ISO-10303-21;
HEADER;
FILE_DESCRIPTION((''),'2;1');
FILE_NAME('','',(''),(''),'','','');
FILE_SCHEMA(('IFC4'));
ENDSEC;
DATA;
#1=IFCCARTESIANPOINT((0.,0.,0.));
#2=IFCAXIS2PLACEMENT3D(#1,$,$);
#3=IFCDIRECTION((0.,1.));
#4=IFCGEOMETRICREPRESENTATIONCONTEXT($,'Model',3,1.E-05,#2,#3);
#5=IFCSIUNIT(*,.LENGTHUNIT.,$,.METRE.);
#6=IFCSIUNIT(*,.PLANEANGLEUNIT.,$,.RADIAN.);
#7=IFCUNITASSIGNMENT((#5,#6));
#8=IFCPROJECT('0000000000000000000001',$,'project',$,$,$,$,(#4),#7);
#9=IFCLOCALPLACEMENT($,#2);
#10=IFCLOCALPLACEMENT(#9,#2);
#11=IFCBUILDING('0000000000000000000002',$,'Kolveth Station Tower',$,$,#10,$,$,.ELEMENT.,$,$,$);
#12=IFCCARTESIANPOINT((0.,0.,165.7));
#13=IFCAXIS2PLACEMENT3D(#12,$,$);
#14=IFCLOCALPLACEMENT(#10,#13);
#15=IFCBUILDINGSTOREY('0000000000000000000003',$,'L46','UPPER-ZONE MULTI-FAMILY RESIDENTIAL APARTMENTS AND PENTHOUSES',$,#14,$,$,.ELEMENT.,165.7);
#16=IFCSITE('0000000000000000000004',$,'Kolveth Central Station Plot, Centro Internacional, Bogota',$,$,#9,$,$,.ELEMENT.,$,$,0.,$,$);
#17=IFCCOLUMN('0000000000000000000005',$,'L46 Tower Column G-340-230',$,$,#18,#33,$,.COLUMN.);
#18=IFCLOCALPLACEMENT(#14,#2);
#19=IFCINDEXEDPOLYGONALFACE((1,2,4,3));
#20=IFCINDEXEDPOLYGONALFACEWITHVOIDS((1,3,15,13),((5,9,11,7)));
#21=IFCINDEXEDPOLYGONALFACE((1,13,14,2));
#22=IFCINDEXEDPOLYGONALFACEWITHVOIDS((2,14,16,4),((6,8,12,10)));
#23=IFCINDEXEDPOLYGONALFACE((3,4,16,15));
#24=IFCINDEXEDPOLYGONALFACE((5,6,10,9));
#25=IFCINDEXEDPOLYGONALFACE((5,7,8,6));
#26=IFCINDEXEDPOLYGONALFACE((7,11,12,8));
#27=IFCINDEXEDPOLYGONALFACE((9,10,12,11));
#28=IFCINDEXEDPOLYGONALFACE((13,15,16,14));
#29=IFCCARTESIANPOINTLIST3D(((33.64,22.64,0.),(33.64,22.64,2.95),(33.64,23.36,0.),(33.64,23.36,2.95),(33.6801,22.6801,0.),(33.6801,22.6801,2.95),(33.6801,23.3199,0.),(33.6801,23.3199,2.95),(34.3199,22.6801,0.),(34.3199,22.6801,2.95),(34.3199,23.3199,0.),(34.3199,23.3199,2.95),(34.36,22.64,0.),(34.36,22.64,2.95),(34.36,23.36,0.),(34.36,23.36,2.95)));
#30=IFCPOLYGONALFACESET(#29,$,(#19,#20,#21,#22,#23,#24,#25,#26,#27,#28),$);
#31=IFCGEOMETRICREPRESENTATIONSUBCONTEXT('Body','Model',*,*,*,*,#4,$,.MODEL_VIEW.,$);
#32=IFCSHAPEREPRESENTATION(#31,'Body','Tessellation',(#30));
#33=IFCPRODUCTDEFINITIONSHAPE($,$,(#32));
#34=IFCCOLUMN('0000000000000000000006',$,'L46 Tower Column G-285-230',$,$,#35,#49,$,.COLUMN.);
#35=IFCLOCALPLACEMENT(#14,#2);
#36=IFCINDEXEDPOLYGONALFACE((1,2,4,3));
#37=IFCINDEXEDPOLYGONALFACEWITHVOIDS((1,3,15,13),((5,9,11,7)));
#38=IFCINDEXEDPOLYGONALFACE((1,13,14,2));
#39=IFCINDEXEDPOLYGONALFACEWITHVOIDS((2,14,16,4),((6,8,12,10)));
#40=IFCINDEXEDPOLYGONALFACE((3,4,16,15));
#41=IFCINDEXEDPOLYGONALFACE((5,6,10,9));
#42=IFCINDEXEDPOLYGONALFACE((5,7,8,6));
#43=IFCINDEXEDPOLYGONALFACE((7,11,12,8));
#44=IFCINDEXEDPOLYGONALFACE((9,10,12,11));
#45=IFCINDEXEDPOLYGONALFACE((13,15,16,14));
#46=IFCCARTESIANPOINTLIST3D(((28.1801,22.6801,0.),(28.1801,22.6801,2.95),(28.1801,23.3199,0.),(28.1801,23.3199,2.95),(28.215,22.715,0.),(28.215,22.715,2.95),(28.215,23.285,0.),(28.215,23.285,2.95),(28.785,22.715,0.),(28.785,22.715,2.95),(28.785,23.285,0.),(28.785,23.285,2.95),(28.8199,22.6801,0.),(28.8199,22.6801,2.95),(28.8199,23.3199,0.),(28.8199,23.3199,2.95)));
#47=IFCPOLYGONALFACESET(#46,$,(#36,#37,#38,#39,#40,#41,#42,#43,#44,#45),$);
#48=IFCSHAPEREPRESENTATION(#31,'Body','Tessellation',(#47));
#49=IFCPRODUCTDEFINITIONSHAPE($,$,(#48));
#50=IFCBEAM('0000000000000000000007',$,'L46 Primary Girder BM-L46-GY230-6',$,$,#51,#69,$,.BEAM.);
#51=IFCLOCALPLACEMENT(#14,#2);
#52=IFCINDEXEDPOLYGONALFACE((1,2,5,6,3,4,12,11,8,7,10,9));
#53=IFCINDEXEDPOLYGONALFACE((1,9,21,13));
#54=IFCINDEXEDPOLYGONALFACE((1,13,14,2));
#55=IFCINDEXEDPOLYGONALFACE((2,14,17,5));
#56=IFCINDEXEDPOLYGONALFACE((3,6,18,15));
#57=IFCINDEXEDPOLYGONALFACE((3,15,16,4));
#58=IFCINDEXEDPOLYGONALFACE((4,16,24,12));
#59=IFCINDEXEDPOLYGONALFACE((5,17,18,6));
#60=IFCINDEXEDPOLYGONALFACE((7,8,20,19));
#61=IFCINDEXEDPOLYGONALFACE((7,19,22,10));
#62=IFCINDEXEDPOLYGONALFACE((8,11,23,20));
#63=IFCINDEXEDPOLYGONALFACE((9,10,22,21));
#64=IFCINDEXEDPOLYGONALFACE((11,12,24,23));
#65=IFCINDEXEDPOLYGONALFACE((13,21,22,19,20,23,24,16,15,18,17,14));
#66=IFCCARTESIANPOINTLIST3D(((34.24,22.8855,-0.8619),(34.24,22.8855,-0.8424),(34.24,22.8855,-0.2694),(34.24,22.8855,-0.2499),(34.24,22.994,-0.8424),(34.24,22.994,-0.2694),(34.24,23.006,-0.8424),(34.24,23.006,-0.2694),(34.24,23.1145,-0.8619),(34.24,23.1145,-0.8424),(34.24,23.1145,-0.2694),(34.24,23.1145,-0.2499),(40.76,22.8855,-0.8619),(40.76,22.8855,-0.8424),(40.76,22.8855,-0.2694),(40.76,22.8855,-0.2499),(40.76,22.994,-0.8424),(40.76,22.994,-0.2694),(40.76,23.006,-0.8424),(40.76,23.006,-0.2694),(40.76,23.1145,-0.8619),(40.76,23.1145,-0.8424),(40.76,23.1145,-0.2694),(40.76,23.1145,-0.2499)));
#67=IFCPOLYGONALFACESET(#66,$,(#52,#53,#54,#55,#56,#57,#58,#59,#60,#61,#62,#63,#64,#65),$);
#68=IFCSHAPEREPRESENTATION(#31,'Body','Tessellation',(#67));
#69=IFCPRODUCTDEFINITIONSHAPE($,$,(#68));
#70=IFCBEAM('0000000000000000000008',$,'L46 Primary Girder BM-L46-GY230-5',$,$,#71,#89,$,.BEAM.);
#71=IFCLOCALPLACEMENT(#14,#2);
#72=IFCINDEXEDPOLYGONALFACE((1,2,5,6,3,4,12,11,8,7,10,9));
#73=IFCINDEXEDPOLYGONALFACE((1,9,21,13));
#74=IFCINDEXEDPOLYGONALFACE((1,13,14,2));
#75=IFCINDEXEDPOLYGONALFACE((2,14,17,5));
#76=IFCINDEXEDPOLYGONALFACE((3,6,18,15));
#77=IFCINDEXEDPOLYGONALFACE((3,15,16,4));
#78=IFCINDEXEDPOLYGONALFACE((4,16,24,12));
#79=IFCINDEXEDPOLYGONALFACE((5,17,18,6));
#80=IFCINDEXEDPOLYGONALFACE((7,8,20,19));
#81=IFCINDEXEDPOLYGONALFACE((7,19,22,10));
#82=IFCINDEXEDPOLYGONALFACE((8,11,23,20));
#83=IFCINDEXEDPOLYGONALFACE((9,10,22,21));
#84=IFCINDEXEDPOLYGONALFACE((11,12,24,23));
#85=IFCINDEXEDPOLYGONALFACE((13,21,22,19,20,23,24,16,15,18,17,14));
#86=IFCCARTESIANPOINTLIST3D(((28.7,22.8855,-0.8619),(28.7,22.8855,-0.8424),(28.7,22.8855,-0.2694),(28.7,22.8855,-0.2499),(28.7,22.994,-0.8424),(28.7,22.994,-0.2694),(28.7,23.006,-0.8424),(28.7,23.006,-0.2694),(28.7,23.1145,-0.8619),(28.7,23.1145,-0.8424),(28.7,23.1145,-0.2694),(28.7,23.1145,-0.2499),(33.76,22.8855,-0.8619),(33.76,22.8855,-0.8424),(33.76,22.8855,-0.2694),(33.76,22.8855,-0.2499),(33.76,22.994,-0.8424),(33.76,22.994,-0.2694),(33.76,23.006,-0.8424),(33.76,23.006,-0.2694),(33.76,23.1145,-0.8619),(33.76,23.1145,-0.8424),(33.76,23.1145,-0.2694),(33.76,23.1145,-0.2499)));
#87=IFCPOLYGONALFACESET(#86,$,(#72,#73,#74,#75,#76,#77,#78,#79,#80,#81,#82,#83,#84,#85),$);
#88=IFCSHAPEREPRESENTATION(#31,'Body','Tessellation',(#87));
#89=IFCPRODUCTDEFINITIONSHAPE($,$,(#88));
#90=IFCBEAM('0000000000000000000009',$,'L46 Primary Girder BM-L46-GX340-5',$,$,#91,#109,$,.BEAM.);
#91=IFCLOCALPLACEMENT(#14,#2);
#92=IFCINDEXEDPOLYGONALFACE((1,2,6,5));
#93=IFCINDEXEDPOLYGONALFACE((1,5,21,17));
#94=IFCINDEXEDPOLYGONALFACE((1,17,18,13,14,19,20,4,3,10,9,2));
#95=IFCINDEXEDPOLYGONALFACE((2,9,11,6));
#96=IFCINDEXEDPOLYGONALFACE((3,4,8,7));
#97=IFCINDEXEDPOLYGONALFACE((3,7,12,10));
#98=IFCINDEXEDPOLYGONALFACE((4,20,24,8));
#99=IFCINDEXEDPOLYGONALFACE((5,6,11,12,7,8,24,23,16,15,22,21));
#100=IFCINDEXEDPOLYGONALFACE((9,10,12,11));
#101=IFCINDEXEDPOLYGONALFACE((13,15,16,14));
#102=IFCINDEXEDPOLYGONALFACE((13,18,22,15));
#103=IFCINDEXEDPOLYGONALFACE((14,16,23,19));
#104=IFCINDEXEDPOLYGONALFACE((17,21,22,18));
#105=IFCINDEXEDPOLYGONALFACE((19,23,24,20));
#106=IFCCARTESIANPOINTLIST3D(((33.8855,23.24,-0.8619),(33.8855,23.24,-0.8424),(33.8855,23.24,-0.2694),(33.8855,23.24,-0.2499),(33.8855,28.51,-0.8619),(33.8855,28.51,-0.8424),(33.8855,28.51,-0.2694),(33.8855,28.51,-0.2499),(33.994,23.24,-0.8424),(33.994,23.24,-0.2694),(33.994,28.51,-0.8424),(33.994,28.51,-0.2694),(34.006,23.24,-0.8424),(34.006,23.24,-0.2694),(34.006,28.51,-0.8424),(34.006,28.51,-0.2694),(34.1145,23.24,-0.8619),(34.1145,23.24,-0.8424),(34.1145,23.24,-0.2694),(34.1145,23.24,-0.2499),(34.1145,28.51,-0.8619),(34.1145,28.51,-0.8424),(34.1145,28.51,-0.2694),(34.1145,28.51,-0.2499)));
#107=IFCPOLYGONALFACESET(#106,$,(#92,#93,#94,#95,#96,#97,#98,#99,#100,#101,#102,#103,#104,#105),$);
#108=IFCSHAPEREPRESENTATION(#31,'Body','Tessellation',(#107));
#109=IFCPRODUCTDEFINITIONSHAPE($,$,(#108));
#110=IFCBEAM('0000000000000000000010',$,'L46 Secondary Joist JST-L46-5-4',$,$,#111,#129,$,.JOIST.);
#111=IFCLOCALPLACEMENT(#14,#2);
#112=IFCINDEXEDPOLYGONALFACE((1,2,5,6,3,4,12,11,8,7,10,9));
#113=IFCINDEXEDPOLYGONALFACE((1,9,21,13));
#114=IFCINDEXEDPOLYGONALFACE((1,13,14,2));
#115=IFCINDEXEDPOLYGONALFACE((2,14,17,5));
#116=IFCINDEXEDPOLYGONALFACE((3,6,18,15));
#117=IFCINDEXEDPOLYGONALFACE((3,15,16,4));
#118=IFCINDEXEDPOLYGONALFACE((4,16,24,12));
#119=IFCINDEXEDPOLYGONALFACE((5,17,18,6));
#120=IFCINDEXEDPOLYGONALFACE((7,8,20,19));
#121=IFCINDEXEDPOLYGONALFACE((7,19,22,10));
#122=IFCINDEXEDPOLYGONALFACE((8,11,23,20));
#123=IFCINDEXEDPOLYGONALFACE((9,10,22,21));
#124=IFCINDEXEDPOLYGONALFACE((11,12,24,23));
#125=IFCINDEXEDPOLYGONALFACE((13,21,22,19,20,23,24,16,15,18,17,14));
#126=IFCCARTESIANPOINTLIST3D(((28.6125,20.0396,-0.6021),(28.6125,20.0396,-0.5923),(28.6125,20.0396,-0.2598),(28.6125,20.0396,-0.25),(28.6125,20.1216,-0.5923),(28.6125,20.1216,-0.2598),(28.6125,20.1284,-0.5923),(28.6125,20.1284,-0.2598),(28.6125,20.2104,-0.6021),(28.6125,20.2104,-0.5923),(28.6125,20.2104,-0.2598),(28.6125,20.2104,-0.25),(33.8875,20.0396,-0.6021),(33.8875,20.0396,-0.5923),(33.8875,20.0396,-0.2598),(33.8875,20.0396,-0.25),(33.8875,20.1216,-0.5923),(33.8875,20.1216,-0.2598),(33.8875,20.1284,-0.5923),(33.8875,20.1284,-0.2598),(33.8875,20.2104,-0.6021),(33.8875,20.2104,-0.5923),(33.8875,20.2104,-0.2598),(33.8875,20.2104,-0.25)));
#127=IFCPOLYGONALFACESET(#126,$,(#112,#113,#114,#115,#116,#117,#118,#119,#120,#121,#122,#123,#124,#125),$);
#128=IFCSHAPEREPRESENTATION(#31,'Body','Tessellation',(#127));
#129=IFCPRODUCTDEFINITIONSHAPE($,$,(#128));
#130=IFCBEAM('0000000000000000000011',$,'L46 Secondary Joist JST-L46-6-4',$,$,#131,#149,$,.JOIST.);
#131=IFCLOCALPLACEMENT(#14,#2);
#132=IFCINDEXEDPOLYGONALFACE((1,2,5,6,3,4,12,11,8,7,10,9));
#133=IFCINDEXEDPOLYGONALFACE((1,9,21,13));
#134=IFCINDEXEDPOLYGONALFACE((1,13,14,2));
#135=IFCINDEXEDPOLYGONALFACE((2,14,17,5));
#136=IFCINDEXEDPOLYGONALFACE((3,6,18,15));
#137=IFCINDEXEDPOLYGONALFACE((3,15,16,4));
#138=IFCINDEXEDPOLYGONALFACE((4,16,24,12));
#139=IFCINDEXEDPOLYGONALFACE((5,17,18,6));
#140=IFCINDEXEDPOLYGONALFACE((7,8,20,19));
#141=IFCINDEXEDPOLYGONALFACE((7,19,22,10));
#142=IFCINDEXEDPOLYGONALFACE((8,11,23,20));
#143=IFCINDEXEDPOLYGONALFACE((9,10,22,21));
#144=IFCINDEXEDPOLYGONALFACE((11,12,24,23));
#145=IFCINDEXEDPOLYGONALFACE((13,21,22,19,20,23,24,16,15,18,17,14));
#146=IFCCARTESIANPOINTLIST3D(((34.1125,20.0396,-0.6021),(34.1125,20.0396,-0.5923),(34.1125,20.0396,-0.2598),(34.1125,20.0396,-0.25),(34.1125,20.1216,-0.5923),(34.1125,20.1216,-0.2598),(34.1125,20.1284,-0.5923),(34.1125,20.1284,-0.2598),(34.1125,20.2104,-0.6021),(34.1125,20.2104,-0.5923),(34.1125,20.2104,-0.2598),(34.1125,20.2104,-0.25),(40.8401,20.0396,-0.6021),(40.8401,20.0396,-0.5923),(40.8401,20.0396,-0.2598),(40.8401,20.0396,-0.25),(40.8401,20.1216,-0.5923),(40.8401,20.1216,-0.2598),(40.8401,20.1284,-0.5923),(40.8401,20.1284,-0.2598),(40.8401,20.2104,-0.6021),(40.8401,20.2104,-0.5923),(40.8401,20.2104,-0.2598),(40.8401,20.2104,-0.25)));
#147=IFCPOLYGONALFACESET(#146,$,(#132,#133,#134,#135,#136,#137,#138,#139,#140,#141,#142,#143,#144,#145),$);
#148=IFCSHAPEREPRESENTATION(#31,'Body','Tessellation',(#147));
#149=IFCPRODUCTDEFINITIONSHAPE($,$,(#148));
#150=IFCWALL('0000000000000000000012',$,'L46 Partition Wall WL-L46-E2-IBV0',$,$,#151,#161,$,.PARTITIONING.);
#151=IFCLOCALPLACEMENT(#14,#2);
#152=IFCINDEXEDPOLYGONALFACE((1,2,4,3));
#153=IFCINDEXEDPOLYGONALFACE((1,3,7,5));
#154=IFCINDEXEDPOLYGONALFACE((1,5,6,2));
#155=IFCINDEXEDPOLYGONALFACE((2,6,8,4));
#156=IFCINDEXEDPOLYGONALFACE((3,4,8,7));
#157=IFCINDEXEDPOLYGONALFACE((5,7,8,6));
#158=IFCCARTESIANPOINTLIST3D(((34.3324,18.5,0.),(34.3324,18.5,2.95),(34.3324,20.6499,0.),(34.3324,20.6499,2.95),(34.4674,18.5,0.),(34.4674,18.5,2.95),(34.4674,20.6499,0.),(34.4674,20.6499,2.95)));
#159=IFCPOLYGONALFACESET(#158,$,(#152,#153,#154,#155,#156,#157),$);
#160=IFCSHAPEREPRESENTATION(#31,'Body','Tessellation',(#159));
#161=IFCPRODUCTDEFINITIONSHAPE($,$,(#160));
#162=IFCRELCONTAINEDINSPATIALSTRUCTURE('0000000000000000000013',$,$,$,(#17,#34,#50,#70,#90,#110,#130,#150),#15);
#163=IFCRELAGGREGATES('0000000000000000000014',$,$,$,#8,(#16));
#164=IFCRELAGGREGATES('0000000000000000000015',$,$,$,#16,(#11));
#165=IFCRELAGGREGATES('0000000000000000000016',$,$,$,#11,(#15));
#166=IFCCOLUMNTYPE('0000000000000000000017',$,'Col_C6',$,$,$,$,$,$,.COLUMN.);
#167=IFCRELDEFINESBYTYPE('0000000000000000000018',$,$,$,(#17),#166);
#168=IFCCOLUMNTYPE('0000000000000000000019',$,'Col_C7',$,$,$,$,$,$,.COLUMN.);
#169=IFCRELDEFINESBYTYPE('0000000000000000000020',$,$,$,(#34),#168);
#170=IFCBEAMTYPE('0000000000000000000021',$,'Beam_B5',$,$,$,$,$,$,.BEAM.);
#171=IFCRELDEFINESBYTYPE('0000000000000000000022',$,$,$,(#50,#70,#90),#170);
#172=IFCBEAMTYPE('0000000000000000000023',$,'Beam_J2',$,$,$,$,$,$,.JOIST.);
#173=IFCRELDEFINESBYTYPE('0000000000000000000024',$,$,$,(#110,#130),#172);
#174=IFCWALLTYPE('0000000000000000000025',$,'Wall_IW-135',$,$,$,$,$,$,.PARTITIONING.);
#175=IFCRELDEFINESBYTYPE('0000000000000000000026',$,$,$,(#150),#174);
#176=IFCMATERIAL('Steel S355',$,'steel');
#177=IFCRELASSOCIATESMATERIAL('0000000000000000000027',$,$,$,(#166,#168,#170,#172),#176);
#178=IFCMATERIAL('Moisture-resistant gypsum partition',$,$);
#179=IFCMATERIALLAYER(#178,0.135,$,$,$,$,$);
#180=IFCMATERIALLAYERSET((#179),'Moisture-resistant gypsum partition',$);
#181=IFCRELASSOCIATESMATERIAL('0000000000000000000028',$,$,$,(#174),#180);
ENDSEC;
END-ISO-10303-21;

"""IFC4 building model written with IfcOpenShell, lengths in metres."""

from ifc_helpers import new_model, si_unit, direction, frame, frame_2d, origin, origin_2d, place, context, subcontext, project, spatial, rectangle, hollow_rectangle, i_section, extrude, source, transform, mapped, material, layer, layer_set, material_profile, profile_set, type_object, element, save


model = new_model("IFC4")

# Units and contexts
model_context = context("Model", 3, precision=1e-05, world=origin(), true_north=direction((0.0, 1.0)))
body_context = subcontext(model_context, "Body", "Model", "MODEL_VIEW")
ifc_project = project(units=[si_unit("LENGTHUNIT", "METRE"), si_unit("PLANEANGLEUNIT", "RADIAN")], contexts=[model_context])

# Site, building, storey
site_placement = place(None, origin())
site = spatial("IfcSite", under=ifc_project, at=site_placement, Name="Kolveth Central Station Plot, Centro Internacional, Bogota", CompositionType="ELEMENT", RefElevation=0.0)
building_placement = place(site_placement, origin())
building = spatial("IfcBuilding", under=site, at=building_placement, Name="Kolveth Station Tower", CompositionType="ELEMENT")
storey_placement = place(building_placement, frame((0.0, 0.0, 165.7)))
storey = spatial("IfcBuildingStorey", under=building, at=storey_placement, Name="L46", Description="UPPER-ZONE MULTI-FAMILY RESIDENTIAL APARTMENTS AND PENTHOUSES", CompositionType="ELEMENT", Elevation=165.7)

# Columns
ifc_material_1 = material(Name="Steel S355", Category="steel")
ifc_material_profile_1 = material_profile(ifc_material_1, hollow_rectangle(XDim=0.72, YDim=0.72, WallThickness=0.04, at=origin_2d()), Name="BOX720x720x40")
ifc_profile_set_1 = profile_set([ifc_material_profile_1], Name="Steel S355")
column_type_1 = type_object("IfcColumnType", Name="Col_C6", PredefinedType="COLUMN", material=ifc_profile_set_1)
shared_shape_1 = source(origin(), body_context, "Body", "SweptSolid", [
    extrude(hollow_rectangle(XDim=0.72, YDim=0.72, WallThickness=0.04, at=origin_2d()), origin(), (0.0, 0.0, 1.0), 2.95),
])
column_1_placement = place(storey_placement, frame((34.0, 23.0, 0.0), z_axis=(0.0, 0.0, 1.0), x_axis=(1.0, 0.0, 0.0)))
element("IfcColumn", 1, at=column_1_placement, inside=storey, type_object=column_type_1, Name="L46 Tower Column G-340-230", PredefinedType="COLUMN", context=body_context, shape_type="MappedRepresentation", body=[
    mapped(shared_shape_1, transform((0.0, 0.0, 0.0), x_axis=(1.0, 0.0, 0.0), y_axis=(0.0, 1.0, 0.0), z_axis=(0.0, 0.0, 1.0), scale=1.0)),
])
ifc_material_profile_2 = material_profile(ifc_material_1, hollow_rectangle(XDim=0.6399, YDim=0.6399, WallThickness=0.0349, at=origin_2d()), Name="BOX640x640x35")
ifc_profile_set_2 = profile_set([ifc_material_profile_2], Name="Steel S355")
column_type_2 = type_object("IfcColumnType", Name="Col_C7", PredefinedType="COLUMN", material=ifc_profile_set_2)
shared_shape_2 = source(origin(), body_context, "Body", "SweptSolid", [
    extrude(hollow_rectangle(XDim=0.6399, YDim=0.6399, WallThickness=0.0349, at=origin_2d()), origin(), (0.0, 0.0, 1.0), 2.95),
])
column_2_placement = place(storey_placement, frame((28.5, 23.0, 0.0), z_axis=(0.0, 0.0, 1.0), x_axis=(1.0, 0.0, 0.0)))
element("IfcColumn", 2, at=column_2_placement, inside=storey, type_object=column_type_2, Name="L46 Tower Column G-285-230", PredefinedType="COLUMN", context=body_context, shape_type="MappedRepresentation", body=[
    mapped(shared_shape_2, transform((0.0, 0.0, 0.0), x_axis=(1.0, 0.0, 0.0), y_axis=(0.0, 1.0, 0.0), z_axis=(0.0, 0.0, 1.0), scale=1.0)),
])

# Beams
ifc_material_profile_3 = material_profile(ifc_material_1, i_section(OverallWidth=0.229, OverallDepth=0.6121, WebThickness=0.012, FlangeThickness=0.0195, at=origin_2d()), Name="W610x125")
ifc_profile_set_3 = profile_set([ifc_material_profile_3], Name="Steel S355")
beam_type_1 = type_object("IfcBeamType", Name="Beam_B5", PredefinedType="BEAM", material=ifc_profile_set_3)
shared_shape_3 = source(origin(), body_context, "Body", "SweptSolid", [
    extrude(i_section(OverallWidth=0.229, OverallDepth=0.6121, WebThickness=0.012, FlangeThickness=0.0195, at=origin_2d()), origin(), (0.0, 0.0, 1.0), 6.52),
])
beam_1_placement = place(storey_placement, frame((34.24, 23.0, -0.5559), z_axis=(1.0, 0.0, 0.0), x_axis=(0.0, 1.0, 0.0)))
element("IfcBeam", 3, at=beam_1_placement, inside=storey, type_object=beam_type_1, Name="L46 Primary Girder BM-L46-GY230-6", PredefinedType="BEAM", context=body_context, shape_type="MappedRepresentation", body=[
    mapped(shared_shape_3, transform((0.0, 0.0, 0.0), x_axis=(1.0, 0.0, 0.0), y_axis=(0.0, 1.0, 0.0), z_axis=(0.0, 0.0, 1.0), scale=1.0)),
])
shared_shape_4 = source(origin(), body_context, "Body", "SweptSolid", [
    extrude(i_section(OverallWidth=0.229, OverallDepth=0.6121, WebThickness=0.012, FlangeThickness=0.0195, at=origin_2d()), origin(), (0.0, 0.0, 1.0), 5.0601),
])
beam_2_placement = place(storey_placement, frame((28.7, 23.0, -0.5559), z_axis=(1.0, 0.0, 0.0), x_axis=(0.0, 1.0, 0.0)))
element("IfcBeam", 4, at=beam_2_placement, inside=storey, type_object=beam_type_1, Name="L46 Primary Girder BM-L46-GY230-5", PredefinedType="BEAM", context=body_context, shape_type="MappedRepresentation", body=[
    mapped(shared_shape_4, transform((0.0, 0.0, 0.0), x_axis=(1.0, 0.0, 0.0), y_axis=(0.0, 1.0, 0.0), z_axis=(0.0, 0.0, 1.0), scale=1.0)),
])
shared_shape_5 = source(origin(), body_context, "Body", "SweptSolid", [
    extrude(i_section(OverallWidth=0.229, OverallDepth=0.6121, WebThickness=0.012, FlangeThickness=0.0195, at=origin_2d()), origin(), (0.0, 0.0, 1.0), 5.27),
])
beam_3_placement = place(storey_placement, frame((34.0, 23.24, -0.5559), z_axis=(0.0, 1.0, 0.0), x_axis=(-1.0, 0.0, 0.0)))
element("IfcBeam", 5, at=beam_3_placement, inside=storey, type_object=beam_type_1, Name="L46 Primary Girder BM-L46-GX340-5", PredefinedType="BEAM", context=body_context, shape_type="MappedRepresentation", body=[
    mapped(shared_shape_5, transform((0.0, 0.0, 0.0), x_axis=(1.0, 0.0, 0.0), y_axis=(0.0, 1.0, 0.0), z_axis=(0.0, 0.0, 1.0), scale=1.0)),
])
ifc_material_profile_4 = material_profile(ifc_material_1, i_section(OverallWidth=0.1709, OverallDepth=0.3521, WebThickness=0.0068, FlangeThickness=0.0098, at=origin_2d()), Name="W360x44")
ifc_profile_set_4 = profile_set([ifc_material_profile_4], Name="Steel S355")
beam_type_2 = type_object("IfcBeamType", Name="Beam_J2", PredefinedType="JOIST", material=ifc_profile_set_4)
shared_shape_6 = source(origin(), body_context, "Body", "SweptSolid", [
    extrude(i_section(OverallWidth=0.1709, OverallDepth=0.3521, WebThickness=0.0068, FlangeThickness=0.0098, at=origin_2d()), origin(), (0.0, 0.0, 1.0), 5.2749),
])
beam_4_placement = place(storey_placement, frame((28.6125, 20.125, -0.426), z_axis=(1.0, 0.0, 0.0), x_axis=(0.0, 1.0, 0.0)))
element("IfcBeam", 6, at=beam_4_placement, inside=storey, type_object=beam_type_2, Name="L46 Secondary Joist JST-L46-5-4", PredefinedType="JOIST", context=body_context, shape_type="MappedRepresentation", body=[
    mapped(shared_shape_6, transform((0.0, 0.0, 0.0), x_axis=(1.0, 0.0, 0.0), y_axis=(0.0, 1.0, 0.0), z_axis=(0.0, 0.0, 1.0), scale=1.0)),
])
shared_shape_7 = source(origin(), body_context, "Body", "SweptSolid", [
    extrude(i_section(OverallWidth=0.1709, OverallDepth=0.3521, WebThickness=0.0068, FlangeThickness=0.0098, at=origin_2d()), origin(), (0.0, 0.0, 1.0), 6.7275),
])
beam_5_placement = place(storey_placement, frame((34.1125, 20.125, -0.426), z_axis=(1.0, 0.0, 0.0), x_axis=(0.0, 1.0, 0.0)))
element("IfcBeam", 7, at=beam_5_placement, inside=storey, type_object=beam_type_2, Name="L46 Secondary Joist JST-L46-6-4", PredefinedType="JOIST", context=body_context, shape_type="MappedRepresentation", body=[
    mapped(shared_shape_7, transform((0.0, 0.0, 0.0), x_axis=(1.0, 0.0, 0.0), y_axis=(0.0, 1.0, 0.0), z_axis=(0.0, 0.0, 1.0), scale=1.0)),
])

# Wall
ifc_material_2 = material(Name="Moisture-resistant gypsum partition")
ifc_layer_1 = layer(ifc_material_2, 0.135)
ifc_layer_set_1 = layer_set([ifc_layer_1], Name="Moisture-resistant gypsum partition")
wall_type_1 = type_object("IfcWallType", Name="Wall_IW-135", PredefinedType="PARTITIONING", material=ifc_layer_set_1)
wall_1_placement = place(storey_placement, frame((34.3999, 18.5, 0.0), z_axis=(0.0, 0.0, 1.0), x_axis=(0.0, 1.0, 0.0)))
element("IfcWall", 8, at=wall_1_placement, inside=storey, type_object=wall_type_1, Name="L46 Partition Wall WL-L46-E2-IBV0", PredefinedType="PARTITIONING", context=body_context, shape_type="SweptSolid", body=[
    extrude(rectangle(XDim=2.1499, YDim=0.135, at=frame_2d((1.075, 0.0))), origin(), (0.0, 0.0, 1.0), 2.95),
])

save(model, "model.ifc")
